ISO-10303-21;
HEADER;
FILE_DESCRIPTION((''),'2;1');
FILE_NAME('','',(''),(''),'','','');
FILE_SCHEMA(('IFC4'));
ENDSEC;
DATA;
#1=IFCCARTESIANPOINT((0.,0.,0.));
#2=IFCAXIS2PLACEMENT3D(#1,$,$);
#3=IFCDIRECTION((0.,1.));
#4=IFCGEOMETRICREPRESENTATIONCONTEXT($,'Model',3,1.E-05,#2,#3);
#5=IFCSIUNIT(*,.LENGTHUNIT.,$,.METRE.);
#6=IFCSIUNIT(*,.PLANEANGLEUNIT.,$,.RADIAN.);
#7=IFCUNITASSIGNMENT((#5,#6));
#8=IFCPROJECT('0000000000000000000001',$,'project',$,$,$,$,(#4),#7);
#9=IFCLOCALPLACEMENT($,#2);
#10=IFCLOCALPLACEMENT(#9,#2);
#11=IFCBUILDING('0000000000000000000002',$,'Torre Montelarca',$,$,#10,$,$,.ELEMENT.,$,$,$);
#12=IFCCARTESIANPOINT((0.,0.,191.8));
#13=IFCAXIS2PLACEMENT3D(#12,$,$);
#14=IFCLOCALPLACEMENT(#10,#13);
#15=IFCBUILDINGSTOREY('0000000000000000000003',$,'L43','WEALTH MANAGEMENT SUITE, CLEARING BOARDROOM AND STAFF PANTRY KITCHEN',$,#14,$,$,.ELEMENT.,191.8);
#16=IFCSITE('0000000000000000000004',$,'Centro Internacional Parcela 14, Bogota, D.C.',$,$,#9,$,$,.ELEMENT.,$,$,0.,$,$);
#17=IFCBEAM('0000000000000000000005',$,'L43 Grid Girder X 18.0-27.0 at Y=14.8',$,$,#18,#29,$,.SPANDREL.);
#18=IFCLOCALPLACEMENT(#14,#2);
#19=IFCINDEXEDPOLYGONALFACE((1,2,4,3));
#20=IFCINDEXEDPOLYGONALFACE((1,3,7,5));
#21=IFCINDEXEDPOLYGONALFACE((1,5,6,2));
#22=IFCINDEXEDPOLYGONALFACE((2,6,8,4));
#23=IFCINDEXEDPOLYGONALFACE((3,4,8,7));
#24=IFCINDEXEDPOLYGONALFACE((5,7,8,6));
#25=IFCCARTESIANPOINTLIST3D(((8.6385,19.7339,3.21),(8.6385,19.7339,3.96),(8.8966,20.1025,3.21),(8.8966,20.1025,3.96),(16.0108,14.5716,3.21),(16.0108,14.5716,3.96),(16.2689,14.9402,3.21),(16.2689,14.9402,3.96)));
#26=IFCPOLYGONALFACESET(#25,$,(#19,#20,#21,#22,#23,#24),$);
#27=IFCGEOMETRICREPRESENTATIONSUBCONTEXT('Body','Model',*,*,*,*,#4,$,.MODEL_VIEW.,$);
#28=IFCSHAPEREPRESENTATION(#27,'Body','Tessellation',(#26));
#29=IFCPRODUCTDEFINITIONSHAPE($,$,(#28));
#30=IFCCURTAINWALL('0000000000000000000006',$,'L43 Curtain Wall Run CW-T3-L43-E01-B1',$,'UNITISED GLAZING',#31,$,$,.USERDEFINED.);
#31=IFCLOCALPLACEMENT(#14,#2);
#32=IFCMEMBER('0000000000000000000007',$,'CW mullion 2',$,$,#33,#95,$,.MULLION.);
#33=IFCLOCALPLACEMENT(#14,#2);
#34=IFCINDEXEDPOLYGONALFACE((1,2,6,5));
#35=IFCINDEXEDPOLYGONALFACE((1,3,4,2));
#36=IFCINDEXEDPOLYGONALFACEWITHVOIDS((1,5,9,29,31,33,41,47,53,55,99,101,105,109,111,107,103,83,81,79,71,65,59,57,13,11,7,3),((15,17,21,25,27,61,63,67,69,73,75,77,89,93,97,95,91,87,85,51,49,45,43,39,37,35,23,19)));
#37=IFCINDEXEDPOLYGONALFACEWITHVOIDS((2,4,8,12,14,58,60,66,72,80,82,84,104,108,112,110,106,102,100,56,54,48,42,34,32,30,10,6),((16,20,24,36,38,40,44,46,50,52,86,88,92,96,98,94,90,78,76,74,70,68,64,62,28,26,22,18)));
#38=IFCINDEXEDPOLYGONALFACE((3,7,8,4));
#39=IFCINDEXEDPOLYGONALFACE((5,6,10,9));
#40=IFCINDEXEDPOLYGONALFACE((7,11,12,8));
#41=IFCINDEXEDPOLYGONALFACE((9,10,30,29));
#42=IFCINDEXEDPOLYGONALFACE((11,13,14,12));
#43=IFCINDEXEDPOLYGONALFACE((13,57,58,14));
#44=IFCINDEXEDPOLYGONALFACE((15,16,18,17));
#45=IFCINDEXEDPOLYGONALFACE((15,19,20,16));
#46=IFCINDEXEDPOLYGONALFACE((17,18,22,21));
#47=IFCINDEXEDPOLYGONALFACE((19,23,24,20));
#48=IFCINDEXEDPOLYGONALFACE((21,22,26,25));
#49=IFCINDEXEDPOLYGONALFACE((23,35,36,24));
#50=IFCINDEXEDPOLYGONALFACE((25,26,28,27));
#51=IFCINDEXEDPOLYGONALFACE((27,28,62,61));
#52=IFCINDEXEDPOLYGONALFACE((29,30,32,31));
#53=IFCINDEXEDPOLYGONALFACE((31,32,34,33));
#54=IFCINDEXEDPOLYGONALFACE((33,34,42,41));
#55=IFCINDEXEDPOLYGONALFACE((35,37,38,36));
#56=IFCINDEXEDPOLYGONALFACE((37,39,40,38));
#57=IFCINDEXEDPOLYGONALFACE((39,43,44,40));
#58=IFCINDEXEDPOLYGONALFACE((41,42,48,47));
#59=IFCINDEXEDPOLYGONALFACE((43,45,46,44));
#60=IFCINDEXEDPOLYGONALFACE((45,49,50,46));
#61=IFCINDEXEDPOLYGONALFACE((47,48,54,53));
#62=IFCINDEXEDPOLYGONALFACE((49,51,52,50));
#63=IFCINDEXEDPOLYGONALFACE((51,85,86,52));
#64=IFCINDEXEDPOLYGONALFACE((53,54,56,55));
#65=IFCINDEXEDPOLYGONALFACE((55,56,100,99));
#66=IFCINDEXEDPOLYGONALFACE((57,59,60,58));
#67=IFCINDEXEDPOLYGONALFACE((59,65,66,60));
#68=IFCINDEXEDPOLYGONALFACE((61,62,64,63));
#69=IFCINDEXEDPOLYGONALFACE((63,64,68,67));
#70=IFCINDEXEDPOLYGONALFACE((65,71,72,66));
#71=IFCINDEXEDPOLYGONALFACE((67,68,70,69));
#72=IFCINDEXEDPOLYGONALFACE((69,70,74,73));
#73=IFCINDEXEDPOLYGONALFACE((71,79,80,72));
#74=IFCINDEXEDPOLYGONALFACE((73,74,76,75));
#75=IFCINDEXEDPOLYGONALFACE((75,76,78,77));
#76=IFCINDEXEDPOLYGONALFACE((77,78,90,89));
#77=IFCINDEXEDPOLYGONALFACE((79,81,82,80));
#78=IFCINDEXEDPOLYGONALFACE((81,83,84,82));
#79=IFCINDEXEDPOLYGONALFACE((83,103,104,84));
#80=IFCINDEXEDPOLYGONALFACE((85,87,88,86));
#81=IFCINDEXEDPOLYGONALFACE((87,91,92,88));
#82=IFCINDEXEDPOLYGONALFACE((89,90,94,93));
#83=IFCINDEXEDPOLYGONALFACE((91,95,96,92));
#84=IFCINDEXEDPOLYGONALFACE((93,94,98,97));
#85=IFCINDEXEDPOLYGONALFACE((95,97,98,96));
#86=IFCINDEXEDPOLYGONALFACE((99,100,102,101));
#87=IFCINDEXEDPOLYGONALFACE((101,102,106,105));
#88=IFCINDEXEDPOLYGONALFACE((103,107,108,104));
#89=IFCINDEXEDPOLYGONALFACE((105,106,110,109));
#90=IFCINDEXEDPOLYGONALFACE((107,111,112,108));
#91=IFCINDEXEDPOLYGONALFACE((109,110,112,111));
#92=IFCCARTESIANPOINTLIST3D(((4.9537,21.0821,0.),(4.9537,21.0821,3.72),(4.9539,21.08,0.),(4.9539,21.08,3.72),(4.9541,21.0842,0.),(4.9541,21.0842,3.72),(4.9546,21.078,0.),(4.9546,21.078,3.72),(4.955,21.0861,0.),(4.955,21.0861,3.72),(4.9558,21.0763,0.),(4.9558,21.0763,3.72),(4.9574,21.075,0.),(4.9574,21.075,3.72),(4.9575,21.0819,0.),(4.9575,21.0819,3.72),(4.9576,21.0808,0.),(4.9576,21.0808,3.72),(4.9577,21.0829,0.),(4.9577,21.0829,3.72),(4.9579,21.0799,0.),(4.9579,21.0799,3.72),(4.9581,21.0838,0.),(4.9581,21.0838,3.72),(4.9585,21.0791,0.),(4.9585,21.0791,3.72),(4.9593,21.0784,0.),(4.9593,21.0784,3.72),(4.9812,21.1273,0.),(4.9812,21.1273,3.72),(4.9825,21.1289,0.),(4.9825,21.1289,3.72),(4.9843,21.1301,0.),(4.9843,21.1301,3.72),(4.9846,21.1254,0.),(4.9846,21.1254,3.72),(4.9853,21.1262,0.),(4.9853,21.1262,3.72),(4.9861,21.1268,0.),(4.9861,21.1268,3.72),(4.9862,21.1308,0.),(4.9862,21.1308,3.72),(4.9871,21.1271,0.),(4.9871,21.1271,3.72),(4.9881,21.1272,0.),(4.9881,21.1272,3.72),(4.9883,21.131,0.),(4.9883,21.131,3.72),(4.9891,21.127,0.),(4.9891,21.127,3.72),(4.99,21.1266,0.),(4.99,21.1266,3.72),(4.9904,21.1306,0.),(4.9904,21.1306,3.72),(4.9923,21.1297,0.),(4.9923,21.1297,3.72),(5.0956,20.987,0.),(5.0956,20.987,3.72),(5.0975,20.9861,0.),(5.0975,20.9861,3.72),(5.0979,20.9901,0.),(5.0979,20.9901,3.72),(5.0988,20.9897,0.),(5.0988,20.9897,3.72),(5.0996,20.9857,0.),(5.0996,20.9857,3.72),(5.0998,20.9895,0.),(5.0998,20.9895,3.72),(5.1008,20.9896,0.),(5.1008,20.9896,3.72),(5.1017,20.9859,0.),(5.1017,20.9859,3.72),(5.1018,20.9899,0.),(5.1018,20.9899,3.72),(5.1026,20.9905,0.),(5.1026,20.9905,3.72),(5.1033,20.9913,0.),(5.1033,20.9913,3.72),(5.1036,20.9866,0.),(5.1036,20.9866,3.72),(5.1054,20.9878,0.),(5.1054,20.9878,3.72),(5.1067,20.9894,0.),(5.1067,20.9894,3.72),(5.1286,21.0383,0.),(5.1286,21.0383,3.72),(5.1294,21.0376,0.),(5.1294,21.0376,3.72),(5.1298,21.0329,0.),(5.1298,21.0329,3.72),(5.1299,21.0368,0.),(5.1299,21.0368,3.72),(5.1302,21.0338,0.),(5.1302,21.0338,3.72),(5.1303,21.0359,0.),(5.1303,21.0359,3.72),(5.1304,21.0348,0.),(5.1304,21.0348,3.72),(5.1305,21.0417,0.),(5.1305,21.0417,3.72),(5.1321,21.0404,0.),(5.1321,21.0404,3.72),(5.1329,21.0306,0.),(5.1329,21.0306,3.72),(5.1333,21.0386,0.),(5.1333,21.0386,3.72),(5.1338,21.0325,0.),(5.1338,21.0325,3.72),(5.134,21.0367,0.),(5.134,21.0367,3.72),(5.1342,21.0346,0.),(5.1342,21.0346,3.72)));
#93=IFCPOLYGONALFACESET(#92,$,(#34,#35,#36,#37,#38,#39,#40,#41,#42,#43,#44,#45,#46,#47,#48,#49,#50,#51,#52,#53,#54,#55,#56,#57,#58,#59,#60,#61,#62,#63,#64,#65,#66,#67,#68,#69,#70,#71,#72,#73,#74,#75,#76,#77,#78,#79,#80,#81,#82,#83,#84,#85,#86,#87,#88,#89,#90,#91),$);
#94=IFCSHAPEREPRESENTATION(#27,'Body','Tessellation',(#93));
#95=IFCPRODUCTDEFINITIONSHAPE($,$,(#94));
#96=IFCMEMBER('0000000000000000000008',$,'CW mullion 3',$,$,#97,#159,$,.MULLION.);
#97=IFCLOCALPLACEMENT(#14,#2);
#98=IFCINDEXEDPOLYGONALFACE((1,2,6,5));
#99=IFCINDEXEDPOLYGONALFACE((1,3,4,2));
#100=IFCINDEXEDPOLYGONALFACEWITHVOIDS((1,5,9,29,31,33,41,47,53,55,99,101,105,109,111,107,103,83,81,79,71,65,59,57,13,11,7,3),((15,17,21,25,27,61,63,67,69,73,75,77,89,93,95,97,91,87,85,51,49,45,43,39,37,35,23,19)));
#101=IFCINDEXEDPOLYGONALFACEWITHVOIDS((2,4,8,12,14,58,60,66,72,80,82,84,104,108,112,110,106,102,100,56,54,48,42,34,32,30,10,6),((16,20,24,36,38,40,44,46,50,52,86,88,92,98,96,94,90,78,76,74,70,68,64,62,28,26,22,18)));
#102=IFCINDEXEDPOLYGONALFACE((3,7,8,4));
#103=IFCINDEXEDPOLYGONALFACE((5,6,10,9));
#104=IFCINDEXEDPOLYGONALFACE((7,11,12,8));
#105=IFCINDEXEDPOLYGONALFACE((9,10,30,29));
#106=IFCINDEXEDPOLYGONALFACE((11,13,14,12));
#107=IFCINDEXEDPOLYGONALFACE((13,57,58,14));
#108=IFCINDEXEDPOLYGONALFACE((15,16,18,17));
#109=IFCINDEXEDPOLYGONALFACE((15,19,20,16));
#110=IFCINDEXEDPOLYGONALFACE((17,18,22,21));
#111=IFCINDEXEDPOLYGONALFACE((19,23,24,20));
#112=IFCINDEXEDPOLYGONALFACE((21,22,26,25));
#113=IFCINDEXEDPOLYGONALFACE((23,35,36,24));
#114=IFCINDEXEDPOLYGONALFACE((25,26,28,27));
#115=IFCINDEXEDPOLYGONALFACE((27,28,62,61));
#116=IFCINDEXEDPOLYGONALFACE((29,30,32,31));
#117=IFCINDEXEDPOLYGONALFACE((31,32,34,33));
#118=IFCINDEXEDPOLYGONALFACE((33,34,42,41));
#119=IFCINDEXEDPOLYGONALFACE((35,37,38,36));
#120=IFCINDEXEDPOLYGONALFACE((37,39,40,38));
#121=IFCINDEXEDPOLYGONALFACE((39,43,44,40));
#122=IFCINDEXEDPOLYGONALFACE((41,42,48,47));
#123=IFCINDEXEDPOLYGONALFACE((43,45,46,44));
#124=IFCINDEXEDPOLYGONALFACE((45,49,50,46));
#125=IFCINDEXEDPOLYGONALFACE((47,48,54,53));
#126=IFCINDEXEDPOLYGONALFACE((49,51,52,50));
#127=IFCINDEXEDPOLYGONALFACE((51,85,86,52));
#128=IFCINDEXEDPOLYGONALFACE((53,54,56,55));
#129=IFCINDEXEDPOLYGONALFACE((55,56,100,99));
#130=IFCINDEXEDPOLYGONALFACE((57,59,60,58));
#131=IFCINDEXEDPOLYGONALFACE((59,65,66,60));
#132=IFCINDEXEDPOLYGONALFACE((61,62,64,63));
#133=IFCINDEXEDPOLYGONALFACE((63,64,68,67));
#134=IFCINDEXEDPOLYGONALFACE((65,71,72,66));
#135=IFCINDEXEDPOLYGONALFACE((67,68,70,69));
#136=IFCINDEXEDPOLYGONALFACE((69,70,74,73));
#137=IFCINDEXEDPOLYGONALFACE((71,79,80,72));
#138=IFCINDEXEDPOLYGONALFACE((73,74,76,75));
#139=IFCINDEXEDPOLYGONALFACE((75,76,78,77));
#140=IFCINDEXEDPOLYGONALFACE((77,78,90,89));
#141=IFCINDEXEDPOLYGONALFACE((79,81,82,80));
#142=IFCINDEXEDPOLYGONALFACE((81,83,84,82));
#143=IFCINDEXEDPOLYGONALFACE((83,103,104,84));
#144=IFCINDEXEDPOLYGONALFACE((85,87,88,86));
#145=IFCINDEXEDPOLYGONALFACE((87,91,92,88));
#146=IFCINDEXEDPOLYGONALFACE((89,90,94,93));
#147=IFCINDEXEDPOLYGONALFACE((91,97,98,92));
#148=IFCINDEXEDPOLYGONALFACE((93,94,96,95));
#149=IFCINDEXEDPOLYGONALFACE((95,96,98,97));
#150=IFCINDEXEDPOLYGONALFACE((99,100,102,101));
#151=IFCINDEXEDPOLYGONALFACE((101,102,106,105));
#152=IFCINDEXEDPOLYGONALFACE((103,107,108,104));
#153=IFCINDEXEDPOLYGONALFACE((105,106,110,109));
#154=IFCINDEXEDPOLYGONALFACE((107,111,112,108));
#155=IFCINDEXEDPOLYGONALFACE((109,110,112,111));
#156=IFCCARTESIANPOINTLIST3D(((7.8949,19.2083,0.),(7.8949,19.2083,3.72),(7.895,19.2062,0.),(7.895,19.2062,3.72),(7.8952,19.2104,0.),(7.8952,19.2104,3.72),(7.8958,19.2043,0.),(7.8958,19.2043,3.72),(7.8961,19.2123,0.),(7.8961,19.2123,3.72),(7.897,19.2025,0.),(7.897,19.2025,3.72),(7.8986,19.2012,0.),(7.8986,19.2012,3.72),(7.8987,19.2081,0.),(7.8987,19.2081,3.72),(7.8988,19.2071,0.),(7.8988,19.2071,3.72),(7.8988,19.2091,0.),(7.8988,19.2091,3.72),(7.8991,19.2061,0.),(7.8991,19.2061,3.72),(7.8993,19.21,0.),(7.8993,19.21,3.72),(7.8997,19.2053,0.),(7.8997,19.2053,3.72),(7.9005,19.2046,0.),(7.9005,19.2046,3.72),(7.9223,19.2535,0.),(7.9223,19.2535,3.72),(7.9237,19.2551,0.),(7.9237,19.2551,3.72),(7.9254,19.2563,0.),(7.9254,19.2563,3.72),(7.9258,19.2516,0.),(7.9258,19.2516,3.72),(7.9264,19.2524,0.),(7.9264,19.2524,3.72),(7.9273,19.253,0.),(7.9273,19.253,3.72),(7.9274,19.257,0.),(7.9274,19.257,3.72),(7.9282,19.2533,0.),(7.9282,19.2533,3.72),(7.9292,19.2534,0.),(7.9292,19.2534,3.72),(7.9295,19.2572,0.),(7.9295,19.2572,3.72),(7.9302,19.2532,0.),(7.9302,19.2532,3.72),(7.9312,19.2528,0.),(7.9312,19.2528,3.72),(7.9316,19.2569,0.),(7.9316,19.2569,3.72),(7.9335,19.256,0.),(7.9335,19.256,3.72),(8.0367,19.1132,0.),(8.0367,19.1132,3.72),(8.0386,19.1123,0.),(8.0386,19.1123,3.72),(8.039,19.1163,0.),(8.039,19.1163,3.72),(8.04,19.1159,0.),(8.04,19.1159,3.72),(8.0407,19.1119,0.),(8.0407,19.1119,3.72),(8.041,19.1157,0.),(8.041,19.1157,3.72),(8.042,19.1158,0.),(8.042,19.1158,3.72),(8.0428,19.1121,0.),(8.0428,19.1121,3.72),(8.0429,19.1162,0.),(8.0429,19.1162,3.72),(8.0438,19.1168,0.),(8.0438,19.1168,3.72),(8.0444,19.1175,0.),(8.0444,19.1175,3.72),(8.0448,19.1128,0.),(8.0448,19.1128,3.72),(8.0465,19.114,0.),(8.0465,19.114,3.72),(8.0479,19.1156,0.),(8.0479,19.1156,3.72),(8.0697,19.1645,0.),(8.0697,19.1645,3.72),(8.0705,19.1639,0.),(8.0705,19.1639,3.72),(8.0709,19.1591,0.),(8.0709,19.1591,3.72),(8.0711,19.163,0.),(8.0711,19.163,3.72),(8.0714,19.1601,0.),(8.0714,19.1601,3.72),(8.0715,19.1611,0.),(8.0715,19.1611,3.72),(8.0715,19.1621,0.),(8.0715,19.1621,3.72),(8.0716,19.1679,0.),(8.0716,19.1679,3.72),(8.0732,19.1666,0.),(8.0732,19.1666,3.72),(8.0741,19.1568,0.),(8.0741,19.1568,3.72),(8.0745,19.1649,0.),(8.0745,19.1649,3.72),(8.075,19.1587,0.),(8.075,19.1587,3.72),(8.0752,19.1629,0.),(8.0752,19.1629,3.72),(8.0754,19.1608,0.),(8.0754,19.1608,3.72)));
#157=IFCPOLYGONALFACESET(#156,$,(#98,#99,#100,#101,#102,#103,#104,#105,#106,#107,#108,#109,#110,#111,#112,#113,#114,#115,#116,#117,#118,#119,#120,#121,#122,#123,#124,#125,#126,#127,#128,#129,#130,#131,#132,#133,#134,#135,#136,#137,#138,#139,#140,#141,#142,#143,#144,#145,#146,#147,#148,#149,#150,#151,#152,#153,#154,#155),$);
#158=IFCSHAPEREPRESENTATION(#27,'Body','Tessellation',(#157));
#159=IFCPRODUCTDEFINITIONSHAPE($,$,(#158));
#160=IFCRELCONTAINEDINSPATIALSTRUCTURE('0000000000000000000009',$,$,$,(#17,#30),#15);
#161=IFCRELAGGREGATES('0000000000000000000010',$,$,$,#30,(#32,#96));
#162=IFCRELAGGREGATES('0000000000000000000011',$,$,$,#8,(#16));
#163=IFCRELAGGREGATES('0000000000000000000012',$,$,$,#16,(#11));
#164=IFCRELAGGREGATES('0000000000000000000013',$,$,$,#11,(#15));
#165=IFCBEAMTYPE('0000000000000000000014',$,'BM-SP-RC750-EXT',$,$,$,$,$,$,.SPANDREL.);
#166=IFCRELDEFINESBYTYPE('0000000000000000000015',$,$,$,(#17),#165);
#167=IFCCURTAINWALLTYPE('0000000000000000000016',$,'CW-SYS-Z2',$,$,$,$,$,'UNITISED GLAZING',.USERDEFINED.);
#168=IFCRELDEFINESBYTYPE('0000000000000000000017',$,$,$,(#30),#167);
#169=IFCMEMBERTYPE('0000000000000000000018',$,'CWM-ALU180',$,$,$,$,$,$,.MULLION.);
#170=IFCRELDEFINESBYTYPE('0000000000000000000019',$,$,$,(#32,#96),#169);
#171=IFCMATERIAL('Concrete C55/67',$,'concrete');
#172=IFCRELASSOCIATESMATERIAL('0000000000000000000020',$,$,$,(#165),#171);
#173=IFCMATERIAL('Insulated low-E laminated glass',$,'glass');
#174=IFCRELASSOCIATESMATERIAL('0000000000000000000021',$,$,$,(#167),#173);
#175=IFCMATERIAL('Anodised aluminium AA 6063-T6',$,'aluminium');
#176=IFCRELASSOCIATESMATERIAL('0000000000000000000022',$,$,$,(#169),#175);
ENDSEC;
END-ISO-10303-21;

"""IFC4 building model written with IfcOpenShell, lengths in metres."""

from ifc_helpers import new_model, si_unit, direction, frame, origin, origin_2d, place, context, subcontext, project, spatial, rectangle, hollow_rectangle, extrude, source, transform, mapped, material, material_profile, profile_set, type_object, element, aggregate, save


model = new_model("IFC4")

# Units and contexts
model_context = context("Model", 3, precision=1e-05, world=origin(), true_north=direction((0.0, 1.0)))
body_context = subcontext(model_context, "Body", "Model", "MODEL_VIEW")
ifc_project = project(units=[si_unit("LENGTHUNIT", "METRE"), si_unit("PLANEANGLEUNIT", "RADIAN")], contexts=[model_context])

# Site, building, storey
site_placement = place(None, origin())
site = spatial("IfcSite", under=ifc_project, at=site_placement, Name="Centro Internacional Parcela 14, Bogota, D.C.", CompositionType="ELEMENT", RefElevation=0.0)
building_placement = place(site_placement, origin())
building = spatial("IfcBuilding", under=site, at=building_placement, Name="Torre Montelarca", CompositionType="ELEMENT")
storey_placement = place(building_placement, frame((0.0, 0.0, 191.8)))
storey = spatial("IfcBuildingStorey", under=building, at=storey_placement, Name="L43", Description="WEALTH MANAGEMENT SUITE, CLEARING BOARDROOM AND STAFF PANTRY KITCHEN", CompositionType="ELEMENT", Elevation=191.8)

# Shared definitions
ifc_material_1 = material(Name="Concrete C55/67", Category="concrete")

# Beam
ifc_material_profile_1 = material_profile(ifc_material_1, rectangle(XDim=0.45, YDim=0.75, at=origin_2d()), Name="RCB450X750", Category="concrete")
ifc_profile_set_1 = profile_set([ifc_material_profile_1], Name="Concrete C55/67")
beam_type = type_object("IfcBeamType", Name="BM-SP-RC750-EXT", PredefinedType="SPANDREL", material=ifc_profile_set_1)
shared_shape_1 = source(origin(), body_context, "Body", "SweptSolid", [
    extrude(rectangle(XDim=0.45, YDim=0.75, at=origin_2d()), origin(), (0.0, 0.0, 1.0), 9.0),
])
beam_placement = place(storey_placement, frame((8.7676, 19.9182, 3.585), z_axis=(0.819141, -0.573592, 0.0), x_axis=(0.573592, 0.819141, 0.0)))
element("IfcBeam", 1, at=beam_placement, inside=storey, type_object=beam_type, Name="L43 Grid Girder X 18.0-27.0 at Y=14.8", PredefinedType="SPANDREL", context=body_context, shape_type="MappedRepresentation", body=[
    mapped(shared_shape_1, transform((0.0, 0.0, 0.0), scale=1.0)),
])

# Curtain wall, members
ifc_material_2 = material(Name="Insulated low-E laminated glass", Category="glass")
curtain_wall_type = type_object("IfcCurtainWallType", Name="CW-SYS-Z2", ElementType="UNITISED GLAZING", PredefinedType="USERDEFINED", material=ifc_material_2)
curtain_wall_1_placement = place(storey_placement, origin())
curtain_wall_1 = element("IfcCurtainWall", 2, at=curtain_wall_1_placement, inside=storey, type_object=curtain_wall_type, Name="L43 Curtain Wall Run CW-T3-L43-E01-B1", ObjectType="UNITISED GLAZING", PredefinedType="USERDEFINED")
ifc_material_3 = material(Name="Anodised aluminium AA 6063-T6", Category="aluminium")
ifc_material_profile_2 = material_profile(ifc_material_3, hollow_rectangle(XDim=0.0649, YDim=0.1799, WallThickness=0.0039, InnerFilletRadius=0.0039, OuterFilletRadius=0.0081, at=origin_2d()), Name="ALU65X180X4", Category="aluminium")
ifc_profile_set_2 = profile_set([ifc_material_profile_2], Name="Anodised aluminium AA 6063-T6")
member_type_1 = type_object("IfcMemberType", Name="CWM-ALU180", PredefinedType="MULLION", material=ifc_profile_set_2)
shared_shape_2 = source(origin(), body_context, "Body", "SweptSolid", [
    extrude(hollow_rectangle(XDim=0.0649, YDim=0.1799, WallThickness=0.0039, InnerFilletRadius=0.0039, OuterFilletRadius=0.0081, at=origin_2d()), origin(), (0.0, 0.0, 1.0), 3.72),
])
member_1_placement = place(storey_placement, frame((5.0439, 21.0583, 0.0), z_axis=(0.0, 0.0, 1.0), x_axis=(0.537306, 0.843388, 0.0)))
member_1 = element("IfcMember", 3, at=member_1_placement, type_object=member_type_1, Name="CW mullion 2", PredefinedType="MULLION", context=body_context, shape_type="MappedRepresentation", body=[
    mapped(shared_shape_2, transform((0.0, 0.0, 0.0), scale=1.0)),
])
member_2_placement = place(storey_placement, frame((7.9851, 19.1846, 0.0), z_axis=(0.0, 0.0, 1.0), x_axis=(0.537306, 0.843388, 0.0)))
member_2 = element("IfcMember", 4, at=member_2_placement, type_object=member_type_1, Name="CW mullion 3", PredefinedType="MULLION", context=body_context, shape_type="MappedRepresentation", body=[
    mapped(shared_shape_2, transform((0.0, 0.0, 0.0), scale=1.0)),
])

aggregate(curtain_wall_1, [member_1, member_2])

save(model, "model.ifc")
